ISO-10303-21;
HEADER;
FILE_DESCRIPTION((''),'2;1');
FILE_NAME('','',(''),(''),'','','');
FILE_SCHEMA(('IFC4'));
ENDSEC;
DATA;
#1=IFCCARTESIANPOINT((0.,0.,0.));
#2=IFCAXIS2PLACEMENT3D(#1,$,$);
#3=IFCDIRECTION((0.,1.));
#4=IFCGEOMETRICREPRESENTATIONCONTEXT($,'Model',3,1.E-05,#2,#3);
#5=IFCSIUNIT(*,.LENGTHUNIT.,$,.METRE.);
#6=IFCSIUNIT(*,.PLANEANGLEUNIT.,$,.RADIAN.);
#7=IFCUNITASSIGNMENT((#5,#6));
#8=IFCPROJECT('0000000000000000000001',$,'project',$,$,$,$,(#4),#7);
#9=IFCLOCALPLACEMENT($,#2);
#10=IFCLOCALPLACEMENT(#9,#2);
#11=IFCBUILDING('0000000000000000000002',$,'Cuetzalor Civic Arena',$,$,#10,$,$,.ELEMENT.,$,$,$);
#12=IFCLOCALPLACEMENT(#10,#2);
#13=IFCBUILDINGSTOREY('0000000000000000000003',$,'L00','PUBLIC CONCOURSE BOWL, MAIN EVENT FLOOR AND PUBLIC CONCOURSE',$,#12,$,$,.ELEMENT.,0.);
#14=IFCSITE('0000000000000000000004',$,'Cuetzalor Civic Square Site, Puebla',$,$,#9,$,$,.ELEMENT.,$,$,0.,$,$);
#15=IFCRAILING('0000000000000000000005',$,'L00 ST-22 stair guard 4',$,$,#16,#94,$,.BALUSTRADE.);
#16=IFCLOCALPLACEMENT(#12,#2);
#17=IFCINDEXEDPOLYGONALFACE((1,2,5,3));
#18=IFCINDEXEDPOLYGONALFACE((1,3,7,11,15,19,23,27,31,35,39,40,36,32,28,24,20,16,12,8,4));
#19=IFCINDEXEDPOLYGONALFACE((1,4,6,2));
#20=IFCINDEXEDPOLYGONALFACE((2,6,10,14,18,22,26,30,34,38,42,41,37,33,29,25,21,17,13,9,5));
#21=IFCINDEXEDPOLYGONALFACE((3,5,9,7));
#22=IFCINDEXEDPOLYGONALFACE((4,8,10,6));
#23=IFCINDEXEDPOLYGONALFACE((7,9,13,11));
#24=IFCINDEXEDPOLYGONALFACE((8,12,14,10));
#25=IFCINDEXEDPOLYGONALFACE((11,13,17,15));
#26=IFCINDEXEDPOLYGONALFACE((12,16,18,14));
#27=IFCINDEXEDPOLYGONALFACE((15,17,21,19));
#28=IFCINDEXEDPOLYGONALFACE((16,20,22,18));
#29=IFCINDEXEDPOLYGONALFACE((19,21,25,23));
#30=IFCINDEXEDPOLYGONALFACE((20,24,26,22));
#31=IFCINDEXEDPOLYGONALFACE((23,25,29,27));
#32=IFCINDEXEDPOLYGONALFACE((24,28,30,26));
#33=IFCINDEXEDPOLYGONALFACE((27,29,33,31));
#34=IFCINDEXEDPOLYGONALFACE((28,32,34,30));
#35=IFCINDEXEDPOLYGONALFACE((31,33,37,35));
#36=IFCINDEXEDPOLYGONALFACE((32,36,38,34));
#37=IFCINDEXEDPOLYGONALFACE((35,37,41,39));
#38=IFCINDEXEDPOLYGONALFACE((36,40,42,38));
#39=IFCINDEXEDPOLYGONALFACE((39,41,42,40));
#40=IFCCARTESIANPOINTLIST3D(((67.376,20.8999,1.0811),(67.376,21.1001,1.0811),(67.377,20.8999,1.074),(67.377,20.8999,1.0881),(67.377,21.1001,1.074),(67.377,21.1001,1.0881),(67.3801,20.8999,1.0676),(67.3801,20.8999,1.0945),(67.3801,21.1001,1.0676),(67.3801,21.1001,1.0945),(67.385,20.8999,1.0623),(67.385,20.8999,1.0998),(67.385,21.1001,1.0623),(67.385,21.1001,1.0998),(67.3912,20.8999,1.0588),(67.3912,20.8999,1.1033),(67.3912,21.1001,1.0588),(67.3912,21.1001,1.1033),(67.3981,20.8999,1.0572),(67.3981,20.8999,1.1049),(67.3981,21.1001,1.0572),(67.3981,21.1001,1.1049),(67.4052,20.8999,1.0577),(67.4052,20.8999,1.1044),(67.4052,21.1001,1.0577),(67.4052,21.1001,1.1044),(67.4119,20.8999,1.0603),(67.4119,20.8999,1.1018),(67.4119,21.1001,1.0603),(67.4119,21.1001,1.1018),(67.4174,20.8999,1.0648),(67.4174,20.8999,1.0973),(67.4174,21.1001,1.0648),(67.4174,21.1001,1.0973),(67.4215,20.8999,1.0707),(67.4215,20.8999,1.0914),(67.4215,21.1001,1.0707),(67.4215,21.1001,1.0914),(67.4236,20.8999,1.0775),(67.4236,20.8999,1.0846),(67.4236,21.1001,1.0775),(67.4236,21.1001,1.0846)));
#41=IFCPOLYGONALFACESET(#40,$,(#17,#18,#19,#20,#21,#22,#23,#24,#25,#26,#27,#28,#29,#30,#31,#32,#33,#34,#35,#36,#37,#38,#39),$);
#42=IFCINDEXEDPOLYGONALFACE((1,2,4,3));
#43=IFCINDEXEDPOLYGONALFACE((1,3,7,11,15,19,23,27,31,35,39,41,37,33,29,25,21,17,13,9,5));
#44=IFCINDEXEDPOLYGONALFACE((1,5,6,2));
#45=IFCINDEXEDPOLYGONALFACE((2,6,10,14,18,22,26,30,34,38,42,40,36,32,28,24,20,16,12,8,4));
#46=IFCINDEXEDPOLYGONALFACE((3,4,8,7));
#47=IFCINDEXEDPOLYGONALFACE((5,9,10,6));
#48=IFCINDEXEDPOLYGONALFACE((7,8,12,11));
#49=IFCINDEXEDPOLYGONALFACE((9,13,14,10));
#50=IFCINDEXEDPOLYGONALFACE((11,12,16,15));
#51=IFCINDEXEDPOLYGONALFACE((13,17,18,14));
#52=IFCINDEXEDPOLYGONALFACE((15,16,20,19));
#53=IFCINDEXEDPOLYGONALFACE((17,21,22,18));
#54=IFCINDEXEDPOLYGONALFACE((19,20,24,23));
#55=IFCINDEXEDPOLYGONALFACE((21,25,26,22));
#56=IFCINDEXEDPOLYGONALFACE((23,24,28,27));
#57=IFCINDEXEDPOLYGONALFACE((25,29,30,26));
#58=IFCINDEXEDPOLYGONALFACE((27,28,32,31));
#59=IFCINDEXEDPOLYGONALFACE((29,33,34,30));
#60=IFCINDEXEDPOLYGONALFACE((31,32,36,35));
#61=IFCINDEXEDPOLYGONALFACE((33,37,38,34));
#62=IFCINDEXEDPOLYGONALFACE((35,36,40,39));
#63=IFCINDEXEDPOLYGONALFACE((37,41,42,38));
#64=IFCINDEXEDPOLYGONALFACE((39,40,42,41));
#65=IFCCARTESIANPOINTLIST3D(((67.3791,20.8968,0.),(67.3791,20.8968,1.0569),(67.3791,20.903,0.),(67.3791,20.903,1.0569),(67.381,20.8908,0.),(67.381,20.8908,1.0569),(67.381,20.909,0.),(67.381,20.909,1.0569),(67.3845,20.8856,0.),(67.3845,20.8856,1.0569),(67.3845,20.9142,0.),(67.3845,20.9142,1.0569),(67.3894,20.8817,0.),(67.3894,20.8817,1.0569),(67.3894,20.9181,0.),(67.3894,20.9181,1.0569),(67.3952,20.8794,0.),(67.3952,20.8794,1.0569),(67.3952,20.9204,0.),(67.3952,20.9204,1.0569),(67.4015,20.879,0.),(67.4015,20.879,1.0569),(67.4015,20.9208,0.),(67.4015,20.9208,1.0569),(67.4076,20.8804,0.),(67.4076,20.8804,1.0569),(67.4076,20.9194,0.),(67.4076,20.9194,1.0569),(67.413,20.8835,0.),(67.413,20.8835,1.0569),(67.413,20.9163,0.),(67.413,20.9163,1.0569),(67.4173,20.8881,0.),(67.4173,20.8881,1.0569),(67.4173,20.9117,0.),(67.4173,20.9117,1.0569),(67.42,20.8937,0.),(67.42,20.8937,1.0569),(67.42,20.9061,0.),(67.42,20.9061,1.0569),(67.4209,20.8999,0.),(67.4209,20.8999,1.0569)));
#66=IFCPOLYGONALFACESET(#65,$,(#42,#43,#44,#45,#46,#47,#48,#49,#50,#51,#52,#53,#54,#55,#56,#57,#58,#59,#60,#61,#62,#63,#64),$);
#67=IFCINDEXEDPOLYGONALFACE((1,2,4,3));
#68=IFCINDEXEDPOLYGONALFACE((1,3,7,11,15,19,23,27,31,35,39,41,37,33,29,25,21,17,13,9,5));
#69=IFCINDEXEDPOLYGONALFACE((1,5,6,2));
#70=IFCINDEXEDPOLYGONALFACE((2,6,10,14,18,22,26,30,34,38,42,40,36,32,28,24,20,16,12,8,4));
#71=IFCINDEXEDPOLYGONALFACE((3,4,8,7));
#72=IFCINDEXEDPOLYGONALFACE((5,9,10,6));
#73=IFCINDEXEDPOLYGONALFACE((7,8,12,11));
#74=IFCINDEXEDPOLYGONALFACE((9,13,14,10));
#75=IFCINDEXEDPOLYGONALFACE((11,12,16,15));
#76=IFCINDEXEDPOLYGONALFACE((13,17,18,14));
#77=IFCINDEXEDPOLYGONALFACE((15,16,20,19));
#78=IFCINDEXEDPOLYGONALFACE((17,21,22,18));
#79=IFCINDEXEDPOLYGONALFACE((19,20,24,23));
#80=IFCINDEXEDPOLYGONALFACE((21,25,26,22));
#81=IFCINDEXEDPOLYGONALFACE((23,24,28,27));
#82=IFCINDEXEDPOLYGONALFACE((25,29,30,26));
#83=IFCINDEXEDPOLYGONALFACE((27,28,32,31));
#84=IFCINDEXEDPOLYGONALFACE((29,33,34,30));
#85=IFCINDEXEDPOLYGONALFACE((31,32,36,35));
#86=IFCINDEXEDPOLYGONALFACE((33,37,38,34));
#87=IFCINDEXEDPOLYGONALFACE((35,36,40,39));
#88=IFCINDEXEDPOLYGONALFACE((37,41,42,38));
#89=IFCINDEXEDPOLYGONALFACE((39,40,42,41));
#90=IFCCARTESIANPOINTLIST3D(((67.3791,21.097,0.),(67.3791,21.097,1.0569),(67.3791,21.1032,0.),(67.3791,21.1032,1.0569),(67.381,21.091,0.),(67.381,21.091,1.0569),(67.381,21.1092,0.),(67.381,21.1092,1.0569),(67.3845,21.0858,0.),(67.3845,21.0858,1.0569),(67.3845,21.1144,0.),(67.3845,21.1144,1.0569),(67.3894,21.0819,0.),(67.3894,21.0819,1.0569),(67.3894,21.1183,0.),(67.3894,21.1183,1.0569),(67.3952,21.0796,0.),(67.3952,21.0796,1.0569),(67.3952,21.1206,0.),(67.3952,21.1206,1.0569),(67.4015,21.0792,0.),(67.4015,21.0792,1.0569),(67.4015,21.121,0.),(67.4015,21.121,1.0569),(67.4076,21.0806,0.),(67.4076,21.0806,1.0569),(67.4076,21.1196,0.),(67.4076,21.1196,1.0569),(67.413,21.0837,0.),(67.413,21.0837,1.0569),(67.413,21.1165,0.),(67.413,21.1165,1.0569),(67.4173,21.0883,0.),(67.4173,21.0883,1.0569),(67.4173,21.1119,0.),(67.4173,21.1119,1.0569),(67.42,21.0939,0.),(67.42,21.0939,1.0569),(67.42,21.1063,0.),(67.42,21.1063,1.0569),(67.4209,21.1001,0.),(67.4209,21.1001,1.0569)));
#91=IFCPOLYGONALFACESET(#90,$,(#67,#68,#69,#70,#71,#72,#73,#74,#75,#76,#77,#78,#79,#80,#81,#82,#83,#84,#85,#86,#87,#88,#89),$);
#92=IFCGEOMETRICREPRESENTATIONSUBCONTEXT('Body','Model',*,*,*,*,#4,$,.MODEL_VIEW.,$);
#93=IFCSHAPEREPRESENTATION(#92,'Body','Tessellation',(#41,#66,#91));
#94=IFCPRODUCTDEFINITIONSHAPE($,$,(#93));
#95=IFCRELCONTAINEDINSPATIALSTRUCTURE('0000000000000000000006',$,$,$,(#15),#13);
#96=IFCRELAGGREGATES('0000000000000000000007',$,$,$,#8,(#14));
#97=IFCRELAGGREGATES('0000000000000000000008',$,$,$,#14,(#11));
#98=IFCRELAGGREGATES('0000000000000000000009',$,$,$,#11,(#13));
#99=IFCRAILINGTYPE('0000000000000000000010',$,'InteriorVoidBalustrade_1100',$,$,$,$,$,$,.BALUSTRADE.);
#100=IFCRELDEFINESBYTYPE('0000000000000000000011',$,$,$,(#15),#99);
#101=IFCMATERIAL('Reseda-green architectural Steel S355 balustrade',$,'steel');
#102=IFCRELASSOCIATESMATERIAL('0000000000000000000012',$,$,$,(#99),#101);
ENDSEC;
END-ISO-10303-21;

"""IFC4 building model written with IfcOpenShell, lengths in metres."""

from ifc_helpers import new_model, si_unit, direction, frame, origin, origin_2d, place, context, subcontext, project, spatial, circle, extrude, material, type_object, element, save


model = new_model("IFC4")

# Units and contexts
model_context = context("Model", 3, precision=1e-05, world=origin(), true_north=direction((0.0, 1.0)))
body_context = subcontext(model_context, "Body", "Model", "MODEL_VIEW")
ifc_project = project(units=[si_unit("LENGTHUNIT", "METRE"), si_unit("PLANEANGLEUNIT", "RADIAN")], contexts=[model_context])

# Site, building, storey
site_placement = place(None, origin())
site = spatial("IfcSite", under=ifc_project, at=site_placement, Name="Cuetzalor Civic Square Site, Puebla", CompositionType="ELEMENT", RefElevation=0.0)
building_placement = place(site_placement, origin())
building = spatial("IfcBuilding", under=site, at=building_placement, Name="Cuetzalor Civic Arena", CompositionType="ELEMENT")
storey_placement = place(building_placement, origin())
storey = spatial("IfcBuildingStorey", under=building, at=storey_placement, Name="L00", Description="PUBLIC CONCOURSE BOWL, MAIN EVENT FLOOR AND PUBLIC CONCOURSE", CompositionType="ELEMENT", Elevation=0.0)

# Railing
ifc_material_1 = material(Name="Reseda-green architectural Steel S355 balustrade", Category="steel")
railing_type_1 = type_object("IfcRailingType", Name="InteriorVoidBalustrade_1100", PredefinedType="BALUSTRADE", material=ifc_material_1)
railing_1_placement = place(storey_placement, frame((67.3999, 20.8999, 0.0)))
element("IfcRailing", 1, at=railing_1_placement, inside=storey, type_object=railing_type_1, Name="L00 ST-22 stair guard 4", PredefinedType="BALUSTRADE", context=body_context, shape_type="SweptSolid", body=[
    extrude(circle(Radius=0.0239, at=origin_2d()), frame((0.0, 0.0, 1.0811), z_axis=(0.0, 1.0, 0.0), x_axis=(-1.0, 0.0, 0.0)), (0.0, 0.0, 1.0), 0.2002),
    extrude(circle(Radius=0.021, at=origin_2d()), origin(), (0.0, 0.0, 1.0), 1.0569),
    extrude(circle(Radius=0.021, at=origin_2d()), frame((0.0, 0.2002, 0.0)), (0.0, 0.0, 1.0), 1.0569),
])

save(model, "model.ifc")
